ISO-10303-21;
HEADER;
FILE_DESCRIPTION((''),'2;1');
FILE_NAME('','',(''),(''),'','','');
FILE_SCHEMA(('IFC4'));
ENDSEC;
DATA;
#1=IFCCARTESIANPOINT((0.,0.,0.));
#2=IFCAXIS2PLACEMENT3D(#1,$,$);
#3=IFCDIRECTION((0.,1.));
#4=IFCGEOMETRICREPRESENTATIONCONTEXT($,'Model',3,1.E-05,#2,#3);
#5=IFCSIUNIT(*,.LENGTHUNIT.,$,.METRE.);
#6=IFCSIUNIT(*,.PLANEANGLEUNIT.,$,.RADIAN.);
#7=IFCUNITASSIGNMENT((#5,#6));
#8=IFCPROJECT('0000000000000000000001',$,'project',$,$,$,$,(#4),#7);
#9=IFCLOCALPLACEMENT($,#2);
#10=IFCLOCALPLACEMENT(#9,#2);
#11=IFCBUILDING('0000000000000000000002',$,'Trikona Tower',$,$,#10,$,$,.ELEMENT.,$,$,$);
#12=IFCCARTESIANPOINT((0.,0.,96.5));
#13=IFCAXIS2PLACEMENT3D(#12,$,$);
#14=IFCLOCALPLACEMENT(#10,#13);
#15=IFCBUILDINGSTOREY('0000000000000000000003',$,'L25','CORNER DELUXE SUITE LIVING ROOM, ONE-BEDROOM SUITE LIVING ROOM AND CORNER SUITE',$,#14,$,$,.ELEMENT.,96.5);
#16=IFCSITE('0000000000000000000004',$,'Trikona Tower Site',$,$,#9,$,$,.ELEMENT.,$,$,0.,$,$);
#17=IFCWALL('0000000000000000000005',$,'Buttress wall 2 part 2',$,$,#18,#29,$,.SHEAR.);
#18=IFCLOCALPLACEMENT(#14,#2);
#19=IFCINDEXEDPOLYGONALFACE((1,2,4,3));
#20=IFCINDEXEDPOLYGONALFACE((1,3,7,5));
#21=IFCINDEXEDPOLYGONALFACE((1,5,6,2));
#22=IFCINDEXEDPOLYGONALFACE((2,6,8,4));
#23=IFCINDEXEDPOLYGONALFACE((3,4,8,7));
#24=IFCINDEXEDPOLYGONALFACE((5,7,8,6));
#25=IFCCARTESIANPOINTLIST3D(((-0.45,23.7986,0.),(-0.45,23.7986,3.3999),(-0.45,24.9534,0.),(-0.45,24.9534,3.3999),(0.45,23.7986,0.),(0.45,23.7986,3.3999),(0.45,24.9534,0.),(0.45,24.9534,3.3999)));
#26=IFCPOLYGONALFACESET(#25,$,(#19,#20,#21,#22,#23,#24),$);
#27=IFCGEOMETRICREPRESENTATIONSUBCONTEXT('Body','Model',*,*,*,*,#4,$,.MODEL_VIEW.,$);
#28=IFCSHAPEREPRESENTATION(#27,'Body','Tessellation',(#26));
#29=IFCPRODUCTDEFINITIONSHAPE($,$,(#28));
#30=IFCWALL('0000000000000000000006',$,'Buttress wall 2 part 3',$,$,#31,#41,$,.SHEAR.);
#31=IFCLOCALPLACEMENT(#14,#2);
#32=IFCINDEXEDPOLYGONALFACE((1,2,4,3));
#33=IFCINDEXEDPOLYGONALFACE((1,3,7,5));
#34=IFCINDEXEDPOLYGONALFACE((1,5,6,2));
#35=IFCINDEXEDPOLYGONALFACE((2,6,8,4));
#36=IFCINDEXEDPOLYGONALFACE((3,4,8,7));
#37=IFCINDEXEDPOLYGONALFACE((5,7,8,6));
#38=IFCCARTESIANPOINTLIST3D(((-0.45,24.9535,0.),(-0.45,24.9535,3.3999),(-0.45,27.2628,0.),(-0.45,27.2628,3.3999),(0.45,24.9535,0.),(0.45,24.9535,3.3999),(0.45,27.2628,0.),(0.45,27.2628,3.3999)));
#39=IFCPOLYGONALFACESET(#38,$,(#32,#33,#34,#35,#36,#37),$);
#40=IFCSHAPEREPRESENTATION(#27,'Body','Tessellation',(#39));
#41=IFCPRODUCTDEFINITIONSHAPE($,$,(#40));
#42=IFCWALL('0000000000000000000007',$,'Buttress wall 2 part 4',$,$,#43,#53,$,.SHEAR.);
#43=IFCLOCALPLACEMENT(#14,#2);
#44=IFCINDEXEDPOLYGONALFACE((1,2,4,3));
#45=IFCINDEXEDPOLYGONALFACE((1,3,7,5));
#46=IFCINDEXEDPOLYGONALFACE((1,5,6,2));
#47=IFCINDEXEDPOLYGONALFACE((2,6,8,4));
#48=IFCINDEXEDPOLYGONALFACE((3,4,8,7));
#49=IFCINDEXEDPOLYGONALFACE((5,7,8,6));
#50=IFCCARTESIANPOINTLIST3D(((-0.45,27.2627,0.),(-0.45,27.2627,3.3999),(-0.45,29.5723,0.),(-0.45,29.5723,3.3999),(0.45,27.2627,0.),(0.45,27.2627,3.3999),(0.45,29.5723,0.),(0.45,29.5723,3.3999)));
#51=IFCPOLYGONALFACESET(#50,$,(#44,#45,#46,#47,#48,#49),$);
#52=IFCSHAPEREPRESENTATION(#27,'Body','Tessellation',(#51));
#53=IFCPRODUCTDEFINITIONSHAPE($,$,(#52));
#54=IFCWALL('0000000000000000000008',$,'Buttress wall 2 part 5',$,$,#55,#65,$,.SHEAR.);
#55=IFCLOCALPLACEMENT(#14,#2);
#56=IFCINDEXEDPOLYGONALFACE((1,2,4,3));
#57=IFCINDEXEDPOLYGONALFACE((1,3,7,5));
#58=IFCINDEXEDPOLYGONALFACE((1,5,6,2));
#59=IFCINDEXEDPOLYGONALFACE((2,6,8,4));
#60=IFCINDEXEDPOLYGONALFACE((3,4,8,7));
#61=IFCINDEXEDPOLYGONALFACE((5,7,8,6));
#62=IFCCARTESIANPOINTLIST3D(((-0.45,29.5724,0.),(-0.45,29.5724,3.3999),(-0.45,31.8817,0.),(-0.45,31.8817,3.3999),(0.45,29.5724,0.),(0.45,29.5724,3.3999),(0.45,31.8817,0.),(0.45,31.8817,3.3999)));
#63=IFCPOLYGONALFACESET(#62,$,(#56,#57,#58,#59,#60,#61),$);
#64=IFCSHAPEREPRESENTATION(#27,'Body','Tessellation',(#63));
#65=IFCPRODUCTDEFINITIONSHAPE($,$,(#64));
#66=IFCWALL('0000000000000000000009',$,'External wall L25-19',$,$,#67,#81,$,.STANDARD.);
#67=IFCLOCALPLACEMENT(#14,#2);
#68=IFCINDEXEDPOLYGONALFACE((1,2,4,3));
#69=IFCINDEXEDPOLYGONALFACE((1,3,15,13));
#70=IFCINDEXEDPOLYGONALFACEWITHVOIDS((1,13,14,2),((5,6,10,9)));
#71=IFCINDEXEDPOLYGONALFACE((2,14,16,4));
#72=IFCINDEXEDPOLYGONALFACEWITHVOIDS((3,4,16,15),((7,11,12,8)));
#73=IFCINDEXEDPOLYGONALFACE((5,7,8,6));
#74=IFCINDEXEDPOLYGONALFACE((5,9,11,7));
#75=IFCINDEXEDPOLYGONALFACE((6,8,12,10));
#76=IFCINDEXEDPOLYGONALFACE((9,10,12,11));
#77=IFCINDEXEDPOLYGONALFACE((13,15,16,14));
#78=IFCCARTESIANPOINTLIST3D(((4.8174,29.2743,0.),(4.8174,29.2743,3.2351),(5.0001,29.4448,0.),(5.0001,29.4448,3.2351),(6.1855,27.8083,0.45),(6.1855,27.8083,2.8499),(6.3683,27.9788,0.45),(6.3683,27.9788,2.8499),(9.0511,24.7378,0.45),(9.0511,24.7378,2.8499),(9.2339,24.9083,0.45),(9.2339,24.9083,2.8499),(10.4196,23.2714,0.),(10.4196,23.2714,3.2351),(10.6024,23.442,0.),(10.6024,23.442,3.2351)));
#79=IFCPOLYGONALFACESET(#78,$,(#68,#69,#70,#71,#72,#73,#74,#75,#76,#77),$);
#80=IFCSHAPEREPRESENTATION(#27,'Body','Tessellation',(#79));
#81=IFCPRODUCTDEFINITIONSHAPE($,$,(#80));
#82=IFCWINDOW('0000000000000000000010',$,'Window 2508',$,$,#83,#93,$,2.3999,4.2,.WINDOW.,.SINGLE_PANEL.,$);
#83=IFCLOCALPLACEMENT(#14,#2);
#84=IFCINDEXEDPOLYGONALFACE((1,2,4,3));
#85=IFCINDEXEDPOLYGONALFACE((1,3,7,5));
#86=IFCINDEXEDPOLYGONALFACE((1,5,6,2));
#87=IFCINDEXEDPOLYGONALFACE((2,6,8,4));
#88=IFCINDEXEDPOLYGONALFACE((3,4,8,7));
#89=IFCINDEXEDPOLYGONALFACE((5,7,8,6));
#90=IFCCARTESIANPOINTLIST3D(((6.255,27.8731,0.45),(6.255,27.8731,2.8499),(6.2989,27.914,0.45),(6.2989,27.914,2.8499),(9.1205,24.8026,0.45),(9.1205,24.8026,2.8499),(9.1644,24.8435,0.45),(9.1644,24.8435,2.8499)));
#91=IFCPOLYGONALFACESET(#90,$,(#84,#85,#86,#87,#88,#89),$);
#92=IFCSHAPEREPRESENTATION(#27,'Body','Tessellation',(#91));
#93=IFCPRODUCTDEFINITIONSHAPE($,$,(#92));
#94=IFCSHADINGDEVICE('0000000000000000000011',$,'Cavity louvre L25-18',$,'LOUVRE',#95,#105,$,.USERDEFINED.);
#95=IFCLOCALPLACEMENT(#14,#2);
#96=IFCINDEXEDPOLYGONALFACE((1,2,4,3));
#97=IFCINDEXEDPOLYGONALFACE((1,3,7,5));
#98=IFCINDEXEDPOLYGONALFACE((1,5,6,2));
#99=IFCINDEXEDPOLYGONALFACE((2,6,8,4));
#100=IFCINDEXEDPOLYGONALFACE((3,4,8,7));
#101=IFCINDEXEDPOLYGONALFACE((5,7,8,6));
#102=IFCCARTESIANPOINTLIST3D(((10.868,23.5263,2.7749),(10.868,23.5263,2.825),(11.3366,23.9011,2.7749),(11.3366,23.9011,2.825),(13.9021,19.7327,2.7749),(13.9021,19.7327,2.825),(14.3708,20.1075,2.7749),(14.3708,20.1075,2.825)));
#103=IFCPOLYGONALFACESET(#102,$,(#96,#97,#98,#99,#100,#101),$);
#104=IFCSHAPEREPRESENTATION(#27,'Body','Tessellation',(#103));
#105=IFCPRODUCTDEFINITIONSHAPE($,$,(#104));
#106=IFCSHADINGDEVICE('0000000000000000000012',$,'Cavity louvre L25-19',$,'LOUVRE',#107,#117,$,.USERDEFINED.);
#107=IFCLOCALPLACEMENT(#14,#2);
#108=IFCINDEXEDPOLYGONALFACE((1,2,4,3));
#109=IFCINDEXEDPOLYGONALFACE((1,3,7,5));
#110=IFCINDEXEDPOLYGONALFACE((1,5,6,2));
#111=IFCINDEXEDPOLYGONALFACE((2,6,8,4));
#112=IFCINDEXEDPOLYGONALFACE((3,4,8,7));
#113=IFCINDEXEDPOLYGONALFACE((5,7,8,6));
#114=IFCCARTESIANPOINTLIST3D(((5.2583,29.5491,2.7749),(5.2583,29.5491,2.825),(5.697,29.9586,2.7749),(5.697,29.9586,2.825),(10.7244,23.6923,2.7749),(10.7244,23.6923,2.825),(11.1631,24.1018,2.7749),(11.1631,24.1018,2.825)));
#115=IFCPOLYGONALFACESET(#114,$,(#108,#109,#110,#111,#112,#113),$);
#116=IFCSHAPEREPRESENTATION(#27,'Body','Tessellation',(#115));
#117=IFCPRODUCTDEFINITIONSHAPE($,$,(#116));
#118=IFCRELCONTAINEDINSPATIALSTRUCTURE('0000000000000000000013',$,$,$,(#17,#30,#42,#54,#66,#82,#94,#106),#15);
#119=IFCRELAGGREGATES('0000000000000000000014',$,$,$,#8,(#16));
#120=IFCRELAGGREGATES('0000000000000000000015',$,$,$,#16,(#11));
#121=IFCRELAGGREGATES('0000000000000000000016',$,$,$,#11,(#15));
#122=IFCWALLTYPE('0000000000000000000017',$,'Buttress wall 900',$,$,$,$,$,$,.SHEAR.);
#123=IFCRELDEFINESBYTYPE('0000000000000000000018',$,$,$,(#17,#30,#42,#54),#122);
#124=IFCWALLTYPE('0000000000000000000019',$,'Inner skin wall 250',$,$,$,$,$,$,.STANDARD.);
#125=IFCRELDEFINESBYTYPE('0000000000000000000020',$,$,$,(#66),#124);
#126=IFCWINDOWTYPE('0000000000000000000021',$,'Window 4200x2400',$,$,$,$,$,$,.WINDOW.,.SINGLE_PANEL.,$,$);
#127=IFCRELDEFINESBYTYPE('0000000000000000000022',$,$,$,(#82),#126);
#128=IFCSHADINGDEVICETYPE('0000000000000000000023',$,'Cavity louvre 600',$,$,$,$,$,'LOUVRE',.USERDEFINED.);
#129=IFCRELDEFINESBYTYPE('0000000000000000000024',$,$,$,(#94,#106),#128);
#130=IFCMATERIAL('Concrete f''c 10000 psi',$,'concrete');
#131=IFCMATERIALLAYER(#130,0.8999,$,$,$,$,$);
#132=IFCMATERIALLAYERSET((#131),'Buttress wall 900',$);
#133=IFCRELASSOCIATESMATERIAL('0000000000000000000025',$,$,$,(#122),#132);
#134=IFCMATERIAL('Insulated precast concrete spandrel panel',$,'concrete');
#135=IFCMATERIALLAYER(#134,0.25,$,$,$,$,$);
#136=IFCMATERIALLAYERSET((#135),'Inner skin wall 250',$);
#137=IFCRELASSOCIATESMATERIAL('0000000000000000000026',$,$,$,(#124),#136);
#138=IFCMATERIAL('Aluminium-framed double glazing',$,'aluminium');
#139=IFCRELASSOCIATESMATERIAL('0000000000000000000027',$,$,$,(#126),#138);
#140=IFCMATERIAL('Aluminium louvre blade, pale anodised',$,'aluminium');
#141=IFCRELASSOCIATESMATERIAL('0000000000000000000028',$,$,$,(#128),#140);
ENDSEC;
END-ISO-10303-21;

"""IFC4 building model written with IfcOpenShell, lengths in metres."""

from ifc_helpers import new_model, si_unit, direction, frame, frame_2d, origin, origin_2d, place, context, subcontext, project, spatial, rectangle, extrude, material, layer, layer_set, type_object, element, fill, save


model = new_model("IFC4")

# Units and contexts
model_context = context("Model", 3, precision=1e-05, world=origin(), true_north=direction((0.0, 1.0)))
body_context = subcontext(model_context, "Body", "Model", "MODEL_VIEW")
ifc_project = project(units=[si_unit("LENGTHUNIT", "METRE"), si_unit("PLANEANGLEUNIT", "RADIAN")], contexts=[model_context])

# Site, building, storey
site_placement = place(None, origin())
site = spatial("IfcSite", under=ifc_project, at=site_placement, Name="Trikona Tower Site", CompositionType="ELEMENT", RefElevation=0.0)
building_placement = place(site_placement, origin())
building = spatial("IfcBuilding", under=site, at=building_placement, Name="Trikona Tower", CompositionType="ELEMENT")
storey_placement = place(building_placement, frame((0.0, 0.0, 96.5)))
storey = spatial("IfcBuildingStorey", under=building, at=storey_placement, Name="L25", Description="CORNER DELUXE SUITE LIVING ROOM, ONE-BEDROOM SUITE LIVING ROOM AND CORNER SUITE", CompositionType="ELEMENT", Elevation=96.5)

# Walls
ifc_material_1 = material(Name="Concrete f'c 10000 psi", Category="concrete")
ifc_layer_1 = layer(ifc_material_1, 0.8999)
ifc_layer_set_1 = layer_set([ifc_layer_1], Name="Buttress wall 900")
wall_type_1 = type_object("IfcWallType", Name="Buttress wall 900", PredefinedType="SHEAR", material=ifc_layer_set_1)
wall_1_placement = place(storey_placement, frame((0.0, 23.7986, 0.0), z_axis=(0.0, 0.0, 1.0), x_axis=(0.0, 1.0, 0.0)))
element("IfcWall", 1, at=wall_1_placement, inside=storey, type_object=wall_type_1, Name="Buttress wall 2 part 2", PredefinedType="SHEAR", context=body_context, shape_type="SweptSolid", body=[
    extrude(rectangle(XDim=1.1548, YDim=0.8999, at=frame_2d((0.5774, 0.0))), origin(), (0.0, 0.0, 1.0), 3.3999),
])
wall_2_placement = place(storey_placement, frame((0.0, 24.9534, 0.0), z_axis=(0.0, 0.0, 1.0), x_axis=(0.0, 1.0, 0.0)))
element("IfcWall", 2, at=wall_2_placement, inside=storey, type_object=wall_type_1, Name="Buttress wall 2 part 3", PredefinedType="SHEAR", context=body_context, shape_type="SweptSolid", body=[
    extrude(rectangle(XDim=2.3093, YDim=0.8999, at=frame_2d((1.1548, 0.0))), origin(), (0.0, 0.0, 1.0), 3.3999),
])
wall_3_placement = place(storey_placement, frame((0.0, 27.2627, 0.0), z_axis=(0.0, 0.0, 1.0), x_axis=(0.0, 1.0, 0.0)))
element("IfcWall", 3, at=wall_3_placement, inside=storey, type_object=wall_type_1, Name="Buttress wall 2 part 4", PredefinedType="SHEAR", context=body_context, shape_type="SweptSolid", body=[
    extrude(rectangle(XDim=2.3096, YDim=0.8999, at=frame_2d((1.1548, 0.0))), origin(), (0.0, 0.0, 1.0), 3.3999),
])
wall_4_placement = place(storey_placement, frame((0.0, 29.5723, 0.0), z_axis=(0.0, 0.0, 1.0), x_axis=(0.0, 1.0, 0.0)))
element("IfcWall", 4, at=wall_4_placement, inside=storey, type_object=wall_type_1, Name="Buttress wall 2 part 5", PredefinedType="SHEAR", context=body_context, shape_type="SweptSolid", body=[
    extrude(rectangle(XDim=2.3093, YDim=0.8999, at=frame_2d((1.1548, 0.0))), origin(), (0.0, 0.0, 1.0), 3.3999),
])

# Wall, opening, window
ifc_material_2 = material(Name="Insulated precast concrete spandrel panel", Category="concrete")
ifc_layer_2 = layer(ifc_material_2, 0.25)
ifc_layer_set_2 = layer_set([ifc_layer_2], Name="Inner skin wall 250")
wall_type_2 = type_object("IfcWallType", Name="Inner skin wall 250", PredefinedType="STANDARD", material=ifc_layer_set_2)
wall_5_placement = place(storey_placement, frame((10.511, 23.3567, 0.0), z_axis=(0.0, 0.0, 1.0), x_axis=(-0.68229, 0.731082, 0.0)))
wall_5 = element("IfcWall", 5, at=wall_5_placement, inside=storey, type_object=wall_type_2, Name="External wall L25-19", PredefinedType="STANDARD", context=body_context, shape_type="SweptSolid", body=[
    extrude(rectangle(XDim=8.2109, YDim=0.25, at=frame_2d((4.1055, 0.0))), origin(), (0.0, 0.0, 1.0), 3.2351),
])
opening_1_placement = place(wall_5_placement, frame((2.0056, 0.0, 0.45)))
opening_1 = element("IfcOpeningElement", 6, at=opening_1_placement, cuts=wall_5, PredefinedType="OPENING", context=body_context, shape_type="SweptSolid", body=[
    extrude(rectangle(XDim=4.2, YDim=2.3999, at=frame_2d((2.1001, 1.2))), frame((0.0, 0.135, 0.0), z_axis=(0.0, -1.0, 0.0), x_axis=(1.0, 0.0, 0.0)), (0.0, 0.0, 1.0), 0.27),
])
ifc_material_3 = material(Name="Aluminium-framed double glazing", Category="aluminium")
window_type_1 = type_object("IfcWindowType", Name="Window 4200x2400", PartitioningType="SINGLE_PANEL", PredefinedType="WINDOW", material=ifc_material_3)
window_1_placement = place(opening_1_placement, origin())
window_1 = element("IfcWindow", 7, at=window_1_placement, inside=storey, type_object=window_type_1, Name="Window 2508", OverallHeight=2.3999, OverallWidth=4.2, PartitioningType="SINGLE_PANEL", PredefinedType="WINDOW", context=body_context, shape_type="SweptSolid", body=[
    extrude(rectangle(XDim=4.2, YDim=2.3999, at=frame_2d((2.1001, 1.2))), frame((0.0, 0.03, 0.0), z_axis=(0.0, -1.0, 0.0), x_axis=(1.0, 0.0, 0.0)), (0.0, 0.0, 1.0), 0.0601),
])
fill(opening_1, window_1)

# Shading devices
ifc_material_4 = material(Name="Aluminium louvre blade, pale anodised", Category="aluminium")
shading_device_type = type_object("IfcShadingDeviceType", Name="Cavity louvre 600", ElementType="LOUVRE", PredefinedType="USERDEFINED", material=ifc_material_4)
shading_device_1_placement = place(storey_placement, frame((12.6194, 21.8169, 2.7749), z_axis=(0.0, 0.0, 1.0), x_axis=(-0.624604, 0.780942, 0.0)))
element("IfcShadingDevice", 8, at=shading_device_1_placement, inside=storey, type_object=shading_device_type, Name="Cavity louvre L25-18", ObjectType="LOUVRE", PredefinedType="USERDEFINED", context=body_context, shape_type="SweptSolid", body=[
    extrude(rectangle(XDim=4.8577, YDim=0.6001, at=origin_2d()), origin(), (0.0, 0.0, 1.0), 0.05),
])
shading_device_2_placement = place(storey_placement, frame((8.2107, 26.8254, 2.7749), z_axis=(0.0, 0.0, 1.0), x_axis=(-0.682298, 0.731074, 0.0)))
element("IfcShadingDevice", 9, at=shading_device_2_placement, inside=storey, type_object=shading_device_type, Name="Cavity louvre L25-19", ObjectType="LOUVRE", PredefinedType="USERDEFINED", context=body_context, shape_type="SweptSolid", body=[
    extrude(rectangle(XDim=8.0112, YDim=0.6001, at=origin_2d()), origin(), (0.0, 0.0, 1.0), 0.05),
])

save(model, "model.ifc")
